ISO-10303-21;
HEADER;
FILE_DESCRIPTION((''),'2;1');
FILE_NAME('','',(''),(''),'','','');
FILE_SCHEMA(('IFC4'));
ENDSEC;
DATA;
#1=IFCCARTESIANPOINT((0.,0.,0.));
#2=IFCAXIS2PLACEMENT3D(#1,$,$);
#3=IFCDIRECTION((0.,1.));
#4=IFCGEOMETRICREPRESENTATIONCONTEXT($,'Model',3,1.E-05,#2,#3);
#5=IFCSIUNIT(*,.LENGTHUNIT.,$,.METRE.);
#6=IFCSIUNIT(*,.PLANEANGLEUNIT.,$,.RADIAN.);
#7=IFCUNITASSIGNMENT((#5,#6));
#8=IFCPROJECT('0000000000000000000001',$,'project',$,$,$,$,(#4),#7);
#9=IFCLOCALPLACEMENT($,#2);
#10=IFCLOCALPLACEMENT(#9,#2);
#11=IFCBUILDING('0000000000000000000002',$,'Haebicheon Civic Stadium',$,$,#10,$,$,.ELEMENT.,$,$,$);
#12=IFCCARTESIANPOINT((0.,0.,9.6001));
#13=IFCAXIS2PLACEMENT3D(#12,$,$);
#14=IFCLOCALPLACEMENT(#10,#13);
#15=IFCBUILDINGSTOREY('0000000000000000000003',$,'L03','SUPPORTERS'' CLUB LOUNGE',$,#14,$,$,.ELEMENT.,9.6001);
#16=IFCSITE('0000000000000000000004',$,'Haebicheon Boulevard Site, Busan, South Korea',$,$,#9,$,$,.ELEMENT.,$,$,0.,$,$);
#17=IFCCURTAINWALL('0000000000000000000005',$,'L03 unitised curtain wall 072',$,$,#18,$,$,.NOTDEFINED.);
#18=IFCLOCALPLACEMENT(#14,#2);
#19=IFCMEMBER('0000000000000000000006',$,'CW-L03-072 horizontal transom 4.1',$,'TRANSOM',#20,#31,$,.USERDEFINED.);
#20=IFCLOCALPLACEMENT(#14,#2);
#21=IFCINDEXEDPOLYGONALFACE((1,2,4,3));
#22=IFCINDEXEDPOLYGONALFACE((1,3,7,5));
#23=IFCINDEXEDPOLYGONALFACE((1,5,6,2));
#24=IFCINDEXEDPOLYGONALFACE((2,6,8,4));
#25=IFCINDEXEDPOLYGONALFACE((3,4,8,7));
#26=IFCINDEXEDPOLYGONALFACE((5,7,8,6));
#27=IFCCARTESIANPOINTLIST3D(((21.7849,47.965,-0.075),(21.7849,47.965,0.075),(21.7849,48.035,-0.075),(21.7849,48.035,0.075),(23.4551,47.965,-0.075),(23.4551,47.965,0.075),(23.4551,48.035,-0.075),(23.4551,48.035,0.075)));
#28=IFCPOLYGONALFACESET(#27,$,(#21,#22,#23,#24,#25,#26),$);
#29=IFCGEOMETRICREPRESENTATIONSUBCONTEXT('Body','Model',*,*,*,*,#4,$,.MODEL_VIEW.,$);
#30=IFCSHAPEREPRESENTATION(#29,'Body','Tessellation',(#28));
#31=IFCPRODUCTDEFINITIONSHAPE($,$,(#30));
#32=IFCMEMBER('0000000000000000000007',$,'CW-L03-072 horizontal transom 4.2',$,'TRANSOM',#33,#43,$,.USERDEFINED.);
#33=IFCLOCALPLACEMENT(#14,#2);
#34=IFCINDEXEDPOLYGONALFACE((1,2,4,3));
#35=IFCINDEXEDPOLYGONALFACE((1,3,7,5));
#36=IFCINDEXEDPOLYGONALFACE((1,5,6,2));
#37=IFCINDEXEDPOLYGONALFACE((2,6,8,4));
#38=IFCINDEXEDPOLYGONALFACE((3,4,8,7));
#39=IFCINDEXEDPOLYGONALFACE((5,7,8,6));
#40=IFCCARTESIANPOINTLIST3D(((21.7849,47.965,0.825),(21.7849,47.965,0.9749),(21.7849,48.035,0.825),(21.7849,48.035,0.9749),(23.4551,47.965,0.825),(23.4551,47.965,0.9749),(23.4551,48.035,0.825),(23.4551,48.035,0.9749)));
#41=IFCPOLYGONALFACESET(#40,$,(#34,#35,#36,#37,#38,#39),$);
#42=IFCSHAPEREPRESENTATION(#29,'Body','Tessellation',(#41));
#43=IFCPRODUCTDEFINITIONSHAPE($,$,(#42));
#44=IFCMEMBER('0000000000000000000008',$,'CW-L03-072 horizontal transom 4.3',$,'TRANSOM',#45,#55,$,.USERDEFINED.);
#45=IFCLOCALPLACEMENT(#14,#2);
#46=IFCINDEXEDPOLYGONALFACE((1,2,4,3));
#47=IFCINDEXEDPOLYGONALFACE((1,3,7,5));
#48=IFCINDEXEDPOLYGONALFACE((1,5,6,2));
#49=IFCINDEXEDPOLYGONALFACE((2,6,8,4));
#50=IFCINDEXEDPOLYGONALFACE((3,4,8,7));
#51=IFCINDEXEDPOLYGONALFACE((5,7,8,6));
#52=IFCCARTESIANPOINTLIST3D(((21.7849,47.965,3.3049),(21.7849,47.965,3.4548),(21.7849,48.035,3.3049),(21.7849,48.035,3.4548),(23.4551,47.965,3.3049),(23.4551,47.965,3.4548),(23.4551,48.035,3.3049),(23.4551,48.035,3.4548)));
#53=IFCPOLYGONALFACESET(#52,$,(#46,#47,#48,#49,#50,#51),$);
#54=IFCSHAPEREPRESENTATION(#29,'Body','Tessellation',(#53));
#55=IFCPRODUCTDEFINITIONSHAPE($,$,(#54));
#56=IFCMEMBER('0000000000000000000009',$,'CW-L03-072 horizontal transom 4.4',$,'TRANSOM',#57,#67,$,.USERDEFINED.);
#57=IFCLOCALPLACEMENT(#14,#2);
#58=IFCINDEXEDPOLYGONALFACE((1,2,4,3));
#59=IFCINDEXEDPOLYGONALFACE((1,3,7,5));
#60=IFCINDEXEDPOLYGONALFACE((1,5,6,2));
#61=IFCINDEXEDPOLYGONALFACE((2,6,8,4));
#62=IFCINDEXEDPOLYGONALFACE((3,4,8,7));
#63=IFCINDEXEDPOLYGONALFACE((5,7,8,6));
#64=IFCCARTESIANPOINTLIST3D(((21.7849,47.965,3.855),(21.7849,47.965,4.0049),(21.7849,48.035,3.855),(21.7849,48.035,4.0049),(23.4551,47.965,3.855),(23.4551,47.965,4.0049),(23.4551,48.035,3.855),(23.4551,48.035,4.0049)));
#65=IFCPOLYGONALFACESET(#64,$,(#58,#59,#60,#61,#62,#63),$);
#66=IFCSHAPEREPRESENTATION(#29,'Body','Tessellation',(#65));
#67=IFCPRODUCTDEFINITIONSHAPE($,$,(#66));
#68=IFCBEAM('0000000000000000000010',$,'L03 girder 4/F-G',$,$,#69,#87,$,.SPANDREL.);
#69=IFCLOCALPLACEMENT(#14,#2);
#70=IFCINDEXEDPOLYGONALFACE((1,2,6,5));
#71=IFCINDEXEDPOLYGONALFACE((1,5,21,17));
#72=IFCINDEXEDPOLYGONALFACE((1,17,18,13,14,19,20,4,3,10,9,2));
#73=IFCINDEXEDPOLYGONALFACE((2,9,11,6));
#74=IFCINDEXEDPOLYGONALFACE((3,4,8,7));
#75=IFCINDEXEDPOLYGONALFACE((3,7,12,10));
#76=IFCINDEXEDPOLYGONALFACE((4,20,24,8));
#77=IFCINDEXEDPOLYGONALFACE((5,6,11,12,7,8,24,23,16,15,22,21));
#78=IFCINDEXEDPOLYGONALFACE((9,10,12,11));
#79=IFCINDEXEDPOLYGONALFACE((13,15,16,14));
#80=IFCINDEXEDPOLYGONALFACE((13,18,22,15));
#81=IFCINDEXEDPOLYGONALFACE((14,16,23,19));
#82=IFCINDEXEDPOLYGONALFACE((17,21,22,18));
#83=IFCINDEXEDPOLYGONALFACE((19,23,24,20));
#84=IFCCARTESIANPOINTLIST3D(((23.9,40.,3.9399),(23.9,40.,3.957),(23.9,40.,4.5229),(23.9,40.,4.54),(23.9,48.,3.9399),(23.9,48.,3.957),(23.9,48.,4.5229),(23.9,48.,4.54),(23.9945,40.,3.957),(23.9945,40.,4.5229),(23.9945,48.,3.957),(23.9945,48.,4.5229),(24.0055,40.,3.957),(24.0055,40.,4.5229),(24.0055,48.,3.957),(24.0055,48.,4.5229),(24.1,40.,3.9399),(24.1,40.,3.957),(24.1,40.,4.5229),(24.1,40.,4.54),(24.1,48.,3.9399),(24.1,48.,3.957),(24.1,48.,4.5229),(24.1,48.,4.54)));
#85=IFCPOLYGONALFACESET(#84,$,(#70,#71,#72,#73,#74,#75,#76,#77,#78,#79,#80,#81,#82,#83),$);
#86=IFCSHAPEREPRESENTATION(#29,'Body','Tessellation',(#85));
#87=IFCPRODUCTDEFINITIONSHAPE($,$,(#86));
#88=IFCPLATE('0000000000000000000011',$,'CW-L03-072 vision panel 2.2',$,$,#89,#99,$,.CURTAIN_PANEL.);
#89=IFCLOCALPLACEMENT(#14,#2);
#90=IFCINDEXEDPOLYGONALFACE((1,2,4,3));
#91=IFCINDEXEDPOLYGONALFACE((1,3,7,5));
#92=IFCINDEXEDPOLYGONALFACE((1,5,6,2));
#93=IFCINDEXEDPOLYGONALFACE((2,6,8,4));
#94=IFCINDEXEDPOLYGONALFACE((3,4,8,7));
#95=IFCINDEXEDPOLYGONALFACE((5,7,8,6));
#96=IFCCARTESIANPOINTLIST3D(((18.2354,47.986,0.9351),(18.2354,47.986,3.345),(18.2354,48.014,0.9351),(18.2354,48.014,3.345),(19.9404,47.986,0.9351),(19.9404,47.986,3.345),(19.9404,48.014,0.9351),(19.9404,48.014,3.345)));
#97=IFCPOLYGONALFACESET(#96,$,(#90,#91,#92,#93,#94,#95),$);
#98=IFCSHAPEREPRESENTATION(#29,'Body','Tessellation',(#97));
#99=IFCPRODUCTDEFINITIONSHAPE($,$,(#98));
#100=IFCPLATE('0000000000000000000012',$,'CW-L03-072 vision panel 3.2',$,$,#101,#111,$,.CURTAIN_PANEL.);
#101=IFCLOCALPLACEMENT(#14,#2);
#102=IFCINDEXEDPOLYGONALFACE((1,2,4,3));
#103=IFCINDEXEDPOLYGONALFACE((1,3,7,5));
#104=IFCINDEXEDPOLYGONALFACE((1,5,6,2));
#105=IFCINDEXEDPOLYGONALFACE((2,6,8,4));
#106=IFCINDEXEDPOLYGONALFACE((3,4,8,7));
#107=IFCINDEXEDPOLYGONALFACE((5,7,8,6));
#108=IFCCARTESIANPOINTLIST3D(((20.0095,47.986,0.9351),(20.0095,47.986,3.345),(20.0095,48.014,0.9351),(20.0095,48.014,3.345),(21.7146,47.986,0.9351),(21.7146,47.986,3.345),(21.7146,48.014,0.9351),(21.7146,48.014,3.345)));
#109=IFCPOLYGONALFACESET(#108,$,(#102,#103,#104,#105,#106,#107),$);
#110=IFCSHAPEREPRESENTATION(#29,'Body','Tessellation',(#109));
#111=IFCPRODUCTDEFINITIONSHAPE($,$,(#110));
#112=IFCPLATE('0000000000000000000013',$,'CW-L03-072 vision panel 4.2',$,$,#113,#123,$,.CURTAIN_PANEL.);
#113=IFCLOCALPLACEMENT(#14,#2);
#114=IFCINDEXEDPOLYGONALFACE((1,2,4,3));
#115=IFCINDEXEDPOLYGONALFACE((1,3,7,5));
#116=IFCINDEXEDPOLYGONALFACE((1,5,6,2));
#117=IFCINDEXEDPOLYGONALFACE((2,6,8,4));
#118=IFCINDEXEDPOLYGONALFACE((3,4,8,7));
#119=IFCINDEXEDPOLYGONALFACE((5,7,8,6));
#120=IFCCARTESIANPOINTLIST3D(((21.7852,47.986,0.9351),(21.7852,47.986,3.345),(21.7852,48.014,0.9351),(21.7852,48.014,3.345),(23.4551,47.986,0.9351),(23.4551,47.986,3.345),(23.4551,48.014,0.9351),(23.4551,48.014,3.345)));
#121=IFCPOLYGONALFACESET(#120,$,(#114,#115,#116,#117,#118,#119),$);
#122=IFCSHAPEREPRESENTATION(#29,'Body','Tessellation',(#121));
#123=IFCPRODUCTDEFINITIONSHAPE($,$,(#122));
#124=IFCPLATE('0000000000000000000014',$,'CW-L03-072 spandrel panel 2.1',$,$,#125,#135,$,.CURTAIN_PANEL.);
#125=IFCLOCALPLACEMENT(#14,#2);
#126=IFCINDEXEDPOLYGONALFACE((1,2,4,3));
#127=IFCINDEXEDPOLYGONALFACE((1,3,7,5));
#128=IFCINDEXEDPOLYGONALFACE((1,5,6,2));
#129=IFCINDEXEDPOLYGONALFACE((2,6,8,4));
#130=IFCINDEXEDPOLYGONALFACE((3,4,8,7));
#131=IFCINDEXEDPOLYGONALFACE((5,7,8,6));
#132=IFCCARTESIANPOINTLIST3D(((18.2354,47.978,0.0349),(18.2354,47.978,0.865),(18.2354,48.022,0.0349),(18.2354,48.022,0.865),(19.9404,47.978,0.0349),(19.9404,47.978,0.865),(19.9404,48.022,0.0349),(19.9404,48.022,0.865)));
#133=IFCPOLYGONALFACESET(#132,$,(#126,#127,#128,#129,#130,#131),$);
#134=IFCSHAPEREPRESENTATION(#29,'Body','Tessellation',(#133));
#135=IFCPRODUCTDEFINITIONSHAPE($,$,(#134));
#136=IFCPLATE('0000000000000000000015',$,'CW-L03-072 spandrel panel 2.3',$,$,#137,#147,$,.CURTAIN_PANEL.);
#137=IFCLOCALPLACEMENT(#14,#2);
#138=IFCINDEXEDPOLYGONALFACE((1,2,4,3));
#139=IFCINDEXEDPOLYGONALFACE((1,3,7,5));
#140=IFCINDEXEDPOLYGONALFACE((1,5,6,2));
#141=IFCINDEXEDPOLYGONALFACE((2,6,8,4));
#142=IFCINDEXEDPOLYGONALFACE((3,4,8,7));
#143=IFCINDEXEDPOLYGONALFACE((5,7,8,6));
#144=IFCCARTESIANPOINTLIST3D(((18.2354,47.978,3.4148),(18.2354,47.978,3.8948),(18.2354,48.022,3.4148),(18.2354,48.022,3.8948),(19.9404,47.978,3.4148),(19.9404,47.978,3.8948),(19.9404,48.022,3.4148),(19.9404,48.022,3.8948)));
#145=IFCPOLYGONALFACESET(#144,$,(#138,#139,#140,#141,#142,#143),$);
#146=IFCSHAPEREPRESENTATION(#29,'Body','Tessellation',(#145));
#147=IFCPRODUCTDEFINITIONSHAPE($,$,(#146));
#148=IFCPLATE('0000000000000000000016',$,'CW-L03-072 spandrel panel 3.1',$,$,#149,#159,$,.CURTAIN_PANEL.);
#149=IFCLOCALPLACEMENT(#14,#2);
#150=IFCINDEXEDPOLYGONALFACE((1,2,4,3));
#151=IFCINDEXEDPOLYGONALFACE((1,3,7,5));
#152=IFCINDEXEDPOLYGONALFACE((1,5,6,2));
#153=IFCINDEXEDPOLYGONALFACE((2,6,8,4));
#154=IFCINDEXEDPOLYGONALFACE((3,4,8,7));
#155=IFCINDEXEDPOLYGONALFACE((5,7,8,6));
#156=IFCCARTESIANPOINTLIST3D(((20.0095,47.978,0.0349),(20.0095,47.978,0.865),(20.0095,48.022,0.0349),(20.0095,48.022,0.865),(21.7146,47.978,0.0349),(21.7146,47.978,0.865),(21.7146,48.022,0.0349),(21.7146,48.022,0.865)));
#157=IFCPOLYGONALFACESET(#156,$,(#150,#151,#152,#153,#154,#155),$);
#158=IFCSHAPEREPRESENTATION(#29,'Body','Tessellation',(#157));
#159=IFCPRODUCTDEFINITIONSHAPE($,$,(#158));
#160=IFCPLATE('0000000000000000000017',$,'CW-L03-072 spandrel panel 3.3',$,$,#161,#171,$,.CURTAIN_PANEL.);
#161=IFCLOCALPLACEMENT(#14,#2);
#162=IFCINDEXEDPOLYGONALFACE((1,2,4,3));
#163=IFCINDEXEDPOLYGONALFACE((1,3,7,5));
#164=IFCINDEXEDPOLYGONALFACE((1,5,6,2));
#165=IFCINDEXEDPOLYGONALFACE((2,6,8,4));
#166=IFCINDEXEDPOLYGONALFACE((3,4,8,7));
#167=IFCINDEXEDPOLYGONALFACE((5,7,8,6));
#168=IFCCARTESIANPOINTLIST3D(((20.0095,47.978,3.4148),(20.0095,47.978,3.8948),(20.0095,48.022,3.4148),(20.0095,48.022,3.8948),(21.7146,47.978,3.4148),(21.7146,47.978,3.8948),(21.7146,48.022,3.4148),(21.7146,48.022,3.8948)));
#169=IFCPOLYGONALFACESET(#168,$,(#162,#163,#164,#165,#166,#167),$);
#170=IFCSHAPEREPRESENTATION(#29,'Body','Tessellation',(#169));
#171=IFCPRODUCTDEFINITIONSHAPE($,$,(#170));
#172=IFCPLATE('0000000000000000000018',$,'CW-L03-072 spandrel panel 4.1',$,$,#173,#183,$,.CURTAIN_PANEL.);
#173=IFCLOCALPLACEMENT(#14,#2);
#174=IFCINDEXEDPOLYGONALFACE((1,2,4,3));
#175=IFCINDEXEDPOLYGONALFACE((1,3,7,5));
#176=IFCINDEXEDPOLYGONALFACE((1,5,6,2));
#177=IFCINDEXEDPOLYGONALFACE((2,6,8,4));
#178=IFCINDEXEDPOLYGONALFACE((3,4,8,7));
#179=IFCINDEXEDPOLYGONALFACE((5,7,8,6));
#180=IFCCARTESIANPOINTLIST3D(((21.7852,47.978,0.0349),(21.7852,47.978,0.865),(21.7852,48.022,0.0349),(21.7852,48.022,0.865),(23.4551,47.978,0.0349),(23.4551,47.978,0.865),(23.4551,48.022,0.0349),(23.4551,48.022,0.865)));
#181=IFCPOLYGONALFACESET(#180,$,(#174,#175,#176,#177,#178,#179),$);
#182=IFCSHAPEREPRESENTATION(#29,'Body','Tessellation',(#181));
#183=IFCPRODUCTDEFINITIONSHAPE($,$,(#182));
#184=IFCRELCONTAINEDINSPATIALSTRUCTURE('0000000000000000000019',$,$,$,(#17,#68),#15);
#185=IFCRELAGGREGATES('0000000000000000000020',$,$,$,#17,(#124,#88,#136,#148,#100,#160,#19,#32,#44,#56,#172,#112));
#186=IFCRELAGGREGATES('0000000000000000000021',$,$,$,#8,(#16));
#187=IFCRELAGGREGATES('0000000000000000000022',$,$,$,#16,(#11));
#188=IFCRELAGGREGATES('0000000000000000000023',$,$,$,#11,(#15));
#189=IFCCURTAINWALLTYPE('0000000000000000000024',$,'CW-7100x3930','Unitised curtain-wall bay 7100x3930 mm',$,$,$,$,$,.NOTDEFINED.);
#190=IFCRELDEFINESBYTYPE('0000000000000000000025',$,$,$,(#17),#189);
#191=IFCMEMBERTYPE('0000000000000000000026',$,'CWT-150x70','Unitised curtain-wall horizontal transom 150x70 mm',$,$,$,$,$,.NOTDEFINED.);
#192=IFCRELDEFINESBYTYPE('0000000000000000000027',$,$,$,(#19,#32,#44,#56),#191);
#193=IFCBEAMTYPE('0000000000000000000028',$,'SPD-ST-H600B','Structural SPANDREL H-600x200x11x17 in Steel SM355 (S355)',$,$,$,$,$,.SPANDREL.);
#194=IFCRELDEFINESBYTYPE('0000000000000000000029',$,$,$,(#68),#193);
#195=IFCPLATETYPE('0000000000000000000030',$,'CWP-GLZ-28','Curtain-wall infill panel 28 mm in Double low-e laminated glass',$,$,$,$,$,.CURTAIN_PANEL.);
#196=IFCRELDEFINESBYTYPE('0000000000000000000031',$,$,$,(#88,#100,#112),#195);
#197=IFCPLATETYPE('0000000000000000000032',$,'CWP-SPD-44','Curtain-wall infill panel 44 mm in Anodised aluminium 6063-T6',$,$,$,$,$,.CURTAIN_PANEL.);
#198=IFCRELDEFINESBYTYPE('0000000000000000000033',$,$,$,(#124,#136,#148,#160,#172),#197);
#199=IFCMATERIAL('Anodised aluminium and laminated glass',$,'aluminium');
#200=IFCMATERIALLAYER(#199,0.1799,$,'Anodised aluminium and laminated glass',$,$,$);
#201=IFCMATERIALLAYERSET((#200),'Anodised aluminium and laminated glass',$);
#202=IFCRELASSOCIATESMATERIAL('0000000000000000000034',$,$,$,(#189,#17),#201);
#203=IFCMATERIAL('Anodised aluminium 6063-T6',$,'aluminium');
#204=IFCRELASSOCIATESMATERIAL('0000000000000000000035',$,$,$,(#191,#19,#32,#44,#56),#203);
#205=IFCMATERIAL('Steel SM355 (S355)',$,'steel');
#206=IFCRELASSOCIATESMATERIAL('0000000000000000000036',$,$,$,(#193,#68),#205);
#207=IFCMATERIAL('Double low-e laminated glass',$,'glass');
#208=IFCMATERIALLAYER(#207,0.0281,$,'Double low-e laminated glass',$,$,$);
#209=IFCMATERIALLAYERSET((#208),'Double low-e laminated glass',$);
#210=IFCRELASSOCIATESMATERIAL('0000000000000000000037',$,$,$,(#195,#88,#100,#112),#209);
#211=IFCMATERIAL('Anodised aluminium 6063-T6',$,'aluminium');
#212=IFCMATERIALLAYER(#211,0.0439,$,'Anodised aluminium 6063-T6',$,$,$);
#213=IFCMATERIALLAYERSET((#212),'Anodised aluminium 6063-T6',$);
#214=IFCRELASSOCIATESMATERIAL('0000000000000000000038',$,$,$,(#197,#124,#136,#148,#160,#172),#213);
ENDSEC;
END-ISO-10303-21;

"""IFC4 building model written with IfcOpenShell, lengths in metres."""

from ifc_helpers import new_model, si_unit, direction, frame, origin, origin_2d, place, context, subcontext, project, spatial, rectangle, i_section, extrude, material, layer, layer_set, material_profile, profile_set, type_object, element, aggregate, save


model = new_model("IFC4")

# Units and contexts
model_context = context("Model", 3, precision=1e-05, world=origin(), true_north=direction((0.0, 1.0)))
body_context = subcontext(model_context, "Body", "Model", "MODEL_VIEW")
ifc_project = project(units=[si_unit("LENGTHUNIT", "METRE"), si_unit("PLANEANGLEUNIT", "RADIAN")], contexts=[model_context])

# Site, building, storey
site_placement = place(None, origin())
site = spatial("IfcSite", under=ifc_project, at=site_placement, Name="Haebicheon Boulevard Site, Busan, South Korea", CompositionType="ELEMENT", RefElevation=0.0)
building_placement = place(site_placement, origin())
building = spatial("IfcBuilding", under=site, at=building_placement, Name="Haebicheon Civic Stadium", CompositionType="ELEMENT")
storey_placement = place(building_placement, frame((0.0, 0.0, 9.6001)))
storey = spatial("IfcBuildingStorey", under=building, at=storey_placement, Name="L03", Description="SUPPORTERS' CLUB LOUNGE", CompositionType="ELEMENT", Elevation=9.6001)

# Curtain wall, members
ifc_material_1 = material(Name="Anodised aluminium and laminated glass", Category="aluminium")
ifc_layer_1 = layer(ifc_material_1, 0.1799, Name="Anodised aluminium and laminated glass")
ifc_layer_set_1 = layer_set([ifc_layer_1], Name="Anodised aluminium and laminated glass")
curtain_wall_type = type_object("IfcCurtainWallType", Name="CW-7100x3930", Description="Unitised curtain-wall bay 7100x3930 mm", PredefinedType="NOTDEFINED", material=ifc_layer_set_1)
curtain_wall_placement = place(storey_placement, origin())
curtain_wall = element("IfcCurtainWall", 1, at=curtain_wall_placement, inside=storey, type_object=curtain_wall_type, material=ifc_layer_set_1, Name="L03 unitised curtain wall 072", PredefinedType="NOTDEFINED")
ifc_material_2 = material(Name="Anodised aluminium 6063-T6", Category="aluminium")
ifc_material_profile_1 = material_profile(ifc_material_2, rectangle(XDim=0.0701, YDim=0.1499, at=origin_2d()), Name="ALU-TRAN-70x150")
ifc_profile_set_1 = profile_set([ifc_material_profile_1], Name="Anodised aluminium 6063-T6")
member_type_1 = type_object("IfcMemberType", Name="CWT-150x70", Description="Unitised curtain-wall horizontal transom 150x70 mm", PredefinedType="NOTDEFINED", material=ifc_profile_set_1)
member_1_placement = place(storey_placement, frame((21.7849, 48.0, 0.0), z_axis=(1.0, 0.0, 0.0), x_axis=(0.0, 1.0, 0.0)))
member_1 = element("IfcMember", 2, at=member_1_placement, type_object=member_type_1, material=ifc_profile_set_1, Name="CW-L03-072 horizontal transom 4.1", ObjectType="TRANSOM", PredefinedType="USERDEFINED", context=body_context, shape_type="SweptSolid", body=[
    extrude(rectangle(XDim=0.0701, YDim=0.1499, at=origin_2d()), origin(), (0.0, 0.0, 1.0), 1.6702),
])
member_2_placement = place(storey_placement, frame((21.7849, 48.0, 0.8999), z_axis=(1.0, 0.0, 0.0), x_axis=(0.0, 1.0, 0.0)))
member_2 = element("IfcMember", 3, at=member_2_placement, type_object=member_type_1, material=ifc_profile_set_1, Name="CW-L03-072 horizontal transom 4.2", ObjectType="TRANSOM", PredefinedType="USERDEFINED", context=body_context, shape_type="SweptSolid", body=[
    extrude(rectangle(XDim=0.0701, YDim=0.1499, at=origin_2d()), origin(), (0.0, 0.0, 1.0), 1.6702),
])
member_3_placement = place(storey_placement, frame((21.7849, 48.0, 3.3799), z_axis=(1.0, 0.0, 0.0), x_axis=(0.0, 1.0, 0.0)))
member_3 = element("IfcMember", 4, at=member_3_placement, type_object=member_type_1, material=ifc_profile_set_1, Name="CW-L03-072 horizontal transom 4.3", ObjectType="TRANSOM", PredefinedType="USERDEFINED", context=body_context, shape_type="SweptSolid", body=[
    extrude(rectangle(XDim=0.0701, YDim=0.1499, at=origin_2d()), origin(), (0.0, 0.0, 1.0), 1.6702),
])
member_4_placement = place(storey_placement, frame((21.7849, 48.0, 3.9299), z_axis=(1.0, 0.0, 0.0), x_axis=(0.0, 1.0, 0.0)))
member_4 = element("IfcMember", 5, at=member_4_placement, type_object=member_type_1, material=ifc_profile_set_1, Name="CW-L03-072 horizontal transom 4.4", ObjectType="TRANSOM", PredefinedType="USERDEFINED", context=body_context, shape_type="SweptSolid", body=[
    extrude(rectangle(XDim=0.0701, YDim=0.1499, at=origin_2d()), origin(), (0.0, 0.0, 1.0), 1.6702),
])

# Beam
ifc_material_3 = material(Name="Steel SM355 (S355)", Category="steel")
ifc_material_profile_2 = material_profile(ifc_material_3, i_section(OverallWidth=0.2, OverallDepth=0.6001, WebThickness=0.011, FlangeThickness=0.0171, at=origin_2d()), Name="H-600x200x11x17")
ifc_profile_set_2 = profile_set([ifc_material_profile_2], Name="Steel SM355 (S355)")
beam_type_1 = type_object("IfcBeamType", Name="SPD-ST-H600B", Description="Structural SPANDREL H-600x200x11x17 in Steel SM355 (S355)", PredefinedType="SPANDREL", material=ifc_profile_set_2)
beam_1_placement = place(storey_placement, frame((24.0, 40.0, 4.24), z_axis=(0.0, 1.0, 0.0), x_axis=(-1.0, 0.0, 0.0)))
element("IfcBeam", 6, at=beam_1_placement, inside=storey, type_object=beam_type_1, material=ifc_profile_set_2, Name="L03 girder 4/F-G", PredefinedType="SPANDREL", context=body_context, shape_type="SweptSolid", body=[
    extrude(i_section(OverallWidth=0.2, OverallDepth=0.6001, WebThickness=0.011, FlangeThickness=0.0171, at=origin_2d()), origin(), (0.0, 0.0, 1.0), 8.0),
])

# Plates
ifc_material_4 = material(Name="Double low-e laminated glass", Category="glass")
ifc_layer_2 = layer(ifc_material_4, 0.0281, Name="Double low-e laminated glass")
ifc_layer_set_2 = layer_set([ifc_layer_2], Name="Double low-e laminated glass")
plate_type_1 = type_object("IfcPlateType", Name="CWP-GLZ-28", Description="Curtain-wall infill panel 28 mm in Double low-e laminated glass", PredefinedType="CURTAIN_PANEL", material=ifc_layer_set_2)
plate_1_placement = place(storey_placement, frame((19.0879, 48.0, 0.9351), z_axis=(0.0, 0.0, 1.0), x_axis=(1.0, 0.0, 0.0)))
plate_1 = element("IfcPlate", 7, at=plate_1_placement, type_object=plate_type_1, material=ifc_layer_set_2, Name="CW-L03-072 vision panel 2.2", PredefinedType="CURTAIN_PANEL", context=body_context, shape_type="SweptSolid", body=[
    extrude(rectangle(XDim=1.7051, YDim=0.0281, at=origin_2d()), origin(), (0.0, 0.0, 1.0), 2.4099),
])
plate_2_placement = place(storey_placement, frame((20.8621, 48.0, 0.9351), z_axis=(0.0, 0.0, 1.0), x_axis=(1.0, 0.0, 0.0)))
plate_2 = element("IfcPlate", 8, at=plate_2_placement, type_object=plate_type_1, material=ifc_layer_set_2, Name="CW-L03-072 vision panel 3.2", PredefinedType="CURTAIN_PANEL", context=body_context, shape_type="SweptSolid", body=[
    extrude(rectangle(XDim=1.7051, YDim=0.0281, at=origin_2d()), origin(), (0.0, 0.0, 1.0), 2.4099),
])
plate_3_placement = place(storey_placement, frame((22.6201, 48.0, 0.9351), z_axis=(0.0, 0.0, 1.0), x_axis=(1.0, 0.0, 0.0)))
plate_3 = element("IfcPlate", 9, at=plate_3_placement, type_object=plate_type_1, material=ifc_layer_set_2, Name="CW-L03-072 vision panel 4.2", PredefinedType="CURTAIN_PANEL", context=body_context, shape_type="SweptSolid", body=[
    extrude(rectangle(XDim=1.6699, YDim=0.0281, at=origin_2d()), origin(), (0.0, 0.0, 1.0), 2.4099),
])
ifc_material_5 = material(Name="Anodised aluminium 6063-T6", Category="aluminium")
ifc_layer_3 = layer(ifc_material_5, 0.0439, Name="Anodised aluminium 6063-T6")
ifc_layer_set_3 = layer_set([ifc_layer_3], Name="Anodised aluminium 6063-T6")
plate_type_2 = type_object("IfcPlateType", Name="CWP-SPD-44", Description="Curtain-wall infill panel 44 mm in Anodised aluminium 6063-T6", PredefinedType="CURTAIN_PANEL", material=ifc_layer_set_3)
plate_4_placement = place(storey_placement, frame((19.0879, 48.0, 0.0349), z_axis=(0.0, 0.0, 1.0), x_axis=(1.0, 0.0, 0.0)))
plate_4 = element("IfcPlate", 10, at=plate_4_placement, type_object=plate_type_2, material=ifc_layer_set_3, Name="CW-L03-072 spandrel panel 2.1", PredefinedType="CURTAIN_PANEL", context=body_context, shape_type="SweptSolid", body=[
    extrude(rectangle(XDim=1.7051, YDim=0.0439, at=origin_2d()), origin(), (0.0, 0.0, 1.0), 0.8301),
])
plate_5_placement = place(storey_placement, frame((19.0879, 48.0, 3.4148), z_axis=(0.0, 0.0, 1.0), x_axis=(1.0, 0.0, 0.0)))
plate_5 = element("IfcPlate", 11, at=plate_5_placement, type_object=plate_type_2, material=ifc_layer_set_3, Name="CW-L03-072 spandrel panel 2.3", PredefinedType="CURTAIN_PANEL", context=body_context, shape_type="SweptSolid", body=[
    extrude(rectangle(XDim=1.7051, YDim=0.0439, at=origin_2d()), origin(), (0.0, 0.0, 1.0), 0.48),
])
plate_6_placement = place(storey_placement, frame((20.8621, 48.0, 0.0349), z_axis=(0.0, 0.0, 1.0), x_axis=(1.0, 0.0, 0.0)))
plate_6 = element("IfcPlate", 12, at=plate_6_placement, type_object=plate_type_2, material=ifc_layer_set_3, Name="CW-L03-072 spandrel panel 3.1", PredefinedType="CURTAIN_PANEL", context=body_context, shape_type="SweptSolid", body=[
    extrude(rectangle(XDim=1.7051, YDim=0.0439, at=origin_2d()), origin(), (0.0, 0.0, 1.0), 0.8301),
])
plate_7_placement = place(storey_placement, frame((20.8621, 48.0, 3.4148), z_axis=(0.0, 0.0, 1.0), x_axis=(1.0, 0.0, 0.0)))
plate_7 = element("IfcPlate", 13, at=plate_7_placement, type_object=plate_type_2, material=ifc_layer_set_3, Name="CW-L03-072 spandrel panel 3.3", PredefinedType="CURTAIN_PANEL", context=body_context, shape_type="SweptSolid", body=[
    extrude(rectangle(XDim=1.7051, YDim=0.0439, at=origin_2d()), origin(), (0.0, 0.0, 1.0), 0.48),
])
plate_8_placement = place(storey_placement, frame((22.6201, 48.0, 0.0349), z_axis=(0.0, 0.0, 1.0), x_axis=(1.0, 0.0, 0.0)))
plate_8 = element("IfcPlate", 14, at=plate_8_placement, type_object=plate_type_2, material=ifc_layer_set_3, Name="CW-L03-072 spandrel panel 4.1", PredefinedType="CURTAIN_PANEL", context=body_context, shape_type="SweptSolid", body=[
    extrude(rectangle(XDim=1.6699, YDim=0.0439, at=origin_2d()), origin(), (0.0, 0.0, 1.0), 0.8301),
])
aggregate(curtain_wall, [plate_4, plate_1, plate_5, plate_6, plate_2, plate_7, member_1, member_2, member_3, member_4, plate_8, plate_3])

save(model, "model.ifc")
